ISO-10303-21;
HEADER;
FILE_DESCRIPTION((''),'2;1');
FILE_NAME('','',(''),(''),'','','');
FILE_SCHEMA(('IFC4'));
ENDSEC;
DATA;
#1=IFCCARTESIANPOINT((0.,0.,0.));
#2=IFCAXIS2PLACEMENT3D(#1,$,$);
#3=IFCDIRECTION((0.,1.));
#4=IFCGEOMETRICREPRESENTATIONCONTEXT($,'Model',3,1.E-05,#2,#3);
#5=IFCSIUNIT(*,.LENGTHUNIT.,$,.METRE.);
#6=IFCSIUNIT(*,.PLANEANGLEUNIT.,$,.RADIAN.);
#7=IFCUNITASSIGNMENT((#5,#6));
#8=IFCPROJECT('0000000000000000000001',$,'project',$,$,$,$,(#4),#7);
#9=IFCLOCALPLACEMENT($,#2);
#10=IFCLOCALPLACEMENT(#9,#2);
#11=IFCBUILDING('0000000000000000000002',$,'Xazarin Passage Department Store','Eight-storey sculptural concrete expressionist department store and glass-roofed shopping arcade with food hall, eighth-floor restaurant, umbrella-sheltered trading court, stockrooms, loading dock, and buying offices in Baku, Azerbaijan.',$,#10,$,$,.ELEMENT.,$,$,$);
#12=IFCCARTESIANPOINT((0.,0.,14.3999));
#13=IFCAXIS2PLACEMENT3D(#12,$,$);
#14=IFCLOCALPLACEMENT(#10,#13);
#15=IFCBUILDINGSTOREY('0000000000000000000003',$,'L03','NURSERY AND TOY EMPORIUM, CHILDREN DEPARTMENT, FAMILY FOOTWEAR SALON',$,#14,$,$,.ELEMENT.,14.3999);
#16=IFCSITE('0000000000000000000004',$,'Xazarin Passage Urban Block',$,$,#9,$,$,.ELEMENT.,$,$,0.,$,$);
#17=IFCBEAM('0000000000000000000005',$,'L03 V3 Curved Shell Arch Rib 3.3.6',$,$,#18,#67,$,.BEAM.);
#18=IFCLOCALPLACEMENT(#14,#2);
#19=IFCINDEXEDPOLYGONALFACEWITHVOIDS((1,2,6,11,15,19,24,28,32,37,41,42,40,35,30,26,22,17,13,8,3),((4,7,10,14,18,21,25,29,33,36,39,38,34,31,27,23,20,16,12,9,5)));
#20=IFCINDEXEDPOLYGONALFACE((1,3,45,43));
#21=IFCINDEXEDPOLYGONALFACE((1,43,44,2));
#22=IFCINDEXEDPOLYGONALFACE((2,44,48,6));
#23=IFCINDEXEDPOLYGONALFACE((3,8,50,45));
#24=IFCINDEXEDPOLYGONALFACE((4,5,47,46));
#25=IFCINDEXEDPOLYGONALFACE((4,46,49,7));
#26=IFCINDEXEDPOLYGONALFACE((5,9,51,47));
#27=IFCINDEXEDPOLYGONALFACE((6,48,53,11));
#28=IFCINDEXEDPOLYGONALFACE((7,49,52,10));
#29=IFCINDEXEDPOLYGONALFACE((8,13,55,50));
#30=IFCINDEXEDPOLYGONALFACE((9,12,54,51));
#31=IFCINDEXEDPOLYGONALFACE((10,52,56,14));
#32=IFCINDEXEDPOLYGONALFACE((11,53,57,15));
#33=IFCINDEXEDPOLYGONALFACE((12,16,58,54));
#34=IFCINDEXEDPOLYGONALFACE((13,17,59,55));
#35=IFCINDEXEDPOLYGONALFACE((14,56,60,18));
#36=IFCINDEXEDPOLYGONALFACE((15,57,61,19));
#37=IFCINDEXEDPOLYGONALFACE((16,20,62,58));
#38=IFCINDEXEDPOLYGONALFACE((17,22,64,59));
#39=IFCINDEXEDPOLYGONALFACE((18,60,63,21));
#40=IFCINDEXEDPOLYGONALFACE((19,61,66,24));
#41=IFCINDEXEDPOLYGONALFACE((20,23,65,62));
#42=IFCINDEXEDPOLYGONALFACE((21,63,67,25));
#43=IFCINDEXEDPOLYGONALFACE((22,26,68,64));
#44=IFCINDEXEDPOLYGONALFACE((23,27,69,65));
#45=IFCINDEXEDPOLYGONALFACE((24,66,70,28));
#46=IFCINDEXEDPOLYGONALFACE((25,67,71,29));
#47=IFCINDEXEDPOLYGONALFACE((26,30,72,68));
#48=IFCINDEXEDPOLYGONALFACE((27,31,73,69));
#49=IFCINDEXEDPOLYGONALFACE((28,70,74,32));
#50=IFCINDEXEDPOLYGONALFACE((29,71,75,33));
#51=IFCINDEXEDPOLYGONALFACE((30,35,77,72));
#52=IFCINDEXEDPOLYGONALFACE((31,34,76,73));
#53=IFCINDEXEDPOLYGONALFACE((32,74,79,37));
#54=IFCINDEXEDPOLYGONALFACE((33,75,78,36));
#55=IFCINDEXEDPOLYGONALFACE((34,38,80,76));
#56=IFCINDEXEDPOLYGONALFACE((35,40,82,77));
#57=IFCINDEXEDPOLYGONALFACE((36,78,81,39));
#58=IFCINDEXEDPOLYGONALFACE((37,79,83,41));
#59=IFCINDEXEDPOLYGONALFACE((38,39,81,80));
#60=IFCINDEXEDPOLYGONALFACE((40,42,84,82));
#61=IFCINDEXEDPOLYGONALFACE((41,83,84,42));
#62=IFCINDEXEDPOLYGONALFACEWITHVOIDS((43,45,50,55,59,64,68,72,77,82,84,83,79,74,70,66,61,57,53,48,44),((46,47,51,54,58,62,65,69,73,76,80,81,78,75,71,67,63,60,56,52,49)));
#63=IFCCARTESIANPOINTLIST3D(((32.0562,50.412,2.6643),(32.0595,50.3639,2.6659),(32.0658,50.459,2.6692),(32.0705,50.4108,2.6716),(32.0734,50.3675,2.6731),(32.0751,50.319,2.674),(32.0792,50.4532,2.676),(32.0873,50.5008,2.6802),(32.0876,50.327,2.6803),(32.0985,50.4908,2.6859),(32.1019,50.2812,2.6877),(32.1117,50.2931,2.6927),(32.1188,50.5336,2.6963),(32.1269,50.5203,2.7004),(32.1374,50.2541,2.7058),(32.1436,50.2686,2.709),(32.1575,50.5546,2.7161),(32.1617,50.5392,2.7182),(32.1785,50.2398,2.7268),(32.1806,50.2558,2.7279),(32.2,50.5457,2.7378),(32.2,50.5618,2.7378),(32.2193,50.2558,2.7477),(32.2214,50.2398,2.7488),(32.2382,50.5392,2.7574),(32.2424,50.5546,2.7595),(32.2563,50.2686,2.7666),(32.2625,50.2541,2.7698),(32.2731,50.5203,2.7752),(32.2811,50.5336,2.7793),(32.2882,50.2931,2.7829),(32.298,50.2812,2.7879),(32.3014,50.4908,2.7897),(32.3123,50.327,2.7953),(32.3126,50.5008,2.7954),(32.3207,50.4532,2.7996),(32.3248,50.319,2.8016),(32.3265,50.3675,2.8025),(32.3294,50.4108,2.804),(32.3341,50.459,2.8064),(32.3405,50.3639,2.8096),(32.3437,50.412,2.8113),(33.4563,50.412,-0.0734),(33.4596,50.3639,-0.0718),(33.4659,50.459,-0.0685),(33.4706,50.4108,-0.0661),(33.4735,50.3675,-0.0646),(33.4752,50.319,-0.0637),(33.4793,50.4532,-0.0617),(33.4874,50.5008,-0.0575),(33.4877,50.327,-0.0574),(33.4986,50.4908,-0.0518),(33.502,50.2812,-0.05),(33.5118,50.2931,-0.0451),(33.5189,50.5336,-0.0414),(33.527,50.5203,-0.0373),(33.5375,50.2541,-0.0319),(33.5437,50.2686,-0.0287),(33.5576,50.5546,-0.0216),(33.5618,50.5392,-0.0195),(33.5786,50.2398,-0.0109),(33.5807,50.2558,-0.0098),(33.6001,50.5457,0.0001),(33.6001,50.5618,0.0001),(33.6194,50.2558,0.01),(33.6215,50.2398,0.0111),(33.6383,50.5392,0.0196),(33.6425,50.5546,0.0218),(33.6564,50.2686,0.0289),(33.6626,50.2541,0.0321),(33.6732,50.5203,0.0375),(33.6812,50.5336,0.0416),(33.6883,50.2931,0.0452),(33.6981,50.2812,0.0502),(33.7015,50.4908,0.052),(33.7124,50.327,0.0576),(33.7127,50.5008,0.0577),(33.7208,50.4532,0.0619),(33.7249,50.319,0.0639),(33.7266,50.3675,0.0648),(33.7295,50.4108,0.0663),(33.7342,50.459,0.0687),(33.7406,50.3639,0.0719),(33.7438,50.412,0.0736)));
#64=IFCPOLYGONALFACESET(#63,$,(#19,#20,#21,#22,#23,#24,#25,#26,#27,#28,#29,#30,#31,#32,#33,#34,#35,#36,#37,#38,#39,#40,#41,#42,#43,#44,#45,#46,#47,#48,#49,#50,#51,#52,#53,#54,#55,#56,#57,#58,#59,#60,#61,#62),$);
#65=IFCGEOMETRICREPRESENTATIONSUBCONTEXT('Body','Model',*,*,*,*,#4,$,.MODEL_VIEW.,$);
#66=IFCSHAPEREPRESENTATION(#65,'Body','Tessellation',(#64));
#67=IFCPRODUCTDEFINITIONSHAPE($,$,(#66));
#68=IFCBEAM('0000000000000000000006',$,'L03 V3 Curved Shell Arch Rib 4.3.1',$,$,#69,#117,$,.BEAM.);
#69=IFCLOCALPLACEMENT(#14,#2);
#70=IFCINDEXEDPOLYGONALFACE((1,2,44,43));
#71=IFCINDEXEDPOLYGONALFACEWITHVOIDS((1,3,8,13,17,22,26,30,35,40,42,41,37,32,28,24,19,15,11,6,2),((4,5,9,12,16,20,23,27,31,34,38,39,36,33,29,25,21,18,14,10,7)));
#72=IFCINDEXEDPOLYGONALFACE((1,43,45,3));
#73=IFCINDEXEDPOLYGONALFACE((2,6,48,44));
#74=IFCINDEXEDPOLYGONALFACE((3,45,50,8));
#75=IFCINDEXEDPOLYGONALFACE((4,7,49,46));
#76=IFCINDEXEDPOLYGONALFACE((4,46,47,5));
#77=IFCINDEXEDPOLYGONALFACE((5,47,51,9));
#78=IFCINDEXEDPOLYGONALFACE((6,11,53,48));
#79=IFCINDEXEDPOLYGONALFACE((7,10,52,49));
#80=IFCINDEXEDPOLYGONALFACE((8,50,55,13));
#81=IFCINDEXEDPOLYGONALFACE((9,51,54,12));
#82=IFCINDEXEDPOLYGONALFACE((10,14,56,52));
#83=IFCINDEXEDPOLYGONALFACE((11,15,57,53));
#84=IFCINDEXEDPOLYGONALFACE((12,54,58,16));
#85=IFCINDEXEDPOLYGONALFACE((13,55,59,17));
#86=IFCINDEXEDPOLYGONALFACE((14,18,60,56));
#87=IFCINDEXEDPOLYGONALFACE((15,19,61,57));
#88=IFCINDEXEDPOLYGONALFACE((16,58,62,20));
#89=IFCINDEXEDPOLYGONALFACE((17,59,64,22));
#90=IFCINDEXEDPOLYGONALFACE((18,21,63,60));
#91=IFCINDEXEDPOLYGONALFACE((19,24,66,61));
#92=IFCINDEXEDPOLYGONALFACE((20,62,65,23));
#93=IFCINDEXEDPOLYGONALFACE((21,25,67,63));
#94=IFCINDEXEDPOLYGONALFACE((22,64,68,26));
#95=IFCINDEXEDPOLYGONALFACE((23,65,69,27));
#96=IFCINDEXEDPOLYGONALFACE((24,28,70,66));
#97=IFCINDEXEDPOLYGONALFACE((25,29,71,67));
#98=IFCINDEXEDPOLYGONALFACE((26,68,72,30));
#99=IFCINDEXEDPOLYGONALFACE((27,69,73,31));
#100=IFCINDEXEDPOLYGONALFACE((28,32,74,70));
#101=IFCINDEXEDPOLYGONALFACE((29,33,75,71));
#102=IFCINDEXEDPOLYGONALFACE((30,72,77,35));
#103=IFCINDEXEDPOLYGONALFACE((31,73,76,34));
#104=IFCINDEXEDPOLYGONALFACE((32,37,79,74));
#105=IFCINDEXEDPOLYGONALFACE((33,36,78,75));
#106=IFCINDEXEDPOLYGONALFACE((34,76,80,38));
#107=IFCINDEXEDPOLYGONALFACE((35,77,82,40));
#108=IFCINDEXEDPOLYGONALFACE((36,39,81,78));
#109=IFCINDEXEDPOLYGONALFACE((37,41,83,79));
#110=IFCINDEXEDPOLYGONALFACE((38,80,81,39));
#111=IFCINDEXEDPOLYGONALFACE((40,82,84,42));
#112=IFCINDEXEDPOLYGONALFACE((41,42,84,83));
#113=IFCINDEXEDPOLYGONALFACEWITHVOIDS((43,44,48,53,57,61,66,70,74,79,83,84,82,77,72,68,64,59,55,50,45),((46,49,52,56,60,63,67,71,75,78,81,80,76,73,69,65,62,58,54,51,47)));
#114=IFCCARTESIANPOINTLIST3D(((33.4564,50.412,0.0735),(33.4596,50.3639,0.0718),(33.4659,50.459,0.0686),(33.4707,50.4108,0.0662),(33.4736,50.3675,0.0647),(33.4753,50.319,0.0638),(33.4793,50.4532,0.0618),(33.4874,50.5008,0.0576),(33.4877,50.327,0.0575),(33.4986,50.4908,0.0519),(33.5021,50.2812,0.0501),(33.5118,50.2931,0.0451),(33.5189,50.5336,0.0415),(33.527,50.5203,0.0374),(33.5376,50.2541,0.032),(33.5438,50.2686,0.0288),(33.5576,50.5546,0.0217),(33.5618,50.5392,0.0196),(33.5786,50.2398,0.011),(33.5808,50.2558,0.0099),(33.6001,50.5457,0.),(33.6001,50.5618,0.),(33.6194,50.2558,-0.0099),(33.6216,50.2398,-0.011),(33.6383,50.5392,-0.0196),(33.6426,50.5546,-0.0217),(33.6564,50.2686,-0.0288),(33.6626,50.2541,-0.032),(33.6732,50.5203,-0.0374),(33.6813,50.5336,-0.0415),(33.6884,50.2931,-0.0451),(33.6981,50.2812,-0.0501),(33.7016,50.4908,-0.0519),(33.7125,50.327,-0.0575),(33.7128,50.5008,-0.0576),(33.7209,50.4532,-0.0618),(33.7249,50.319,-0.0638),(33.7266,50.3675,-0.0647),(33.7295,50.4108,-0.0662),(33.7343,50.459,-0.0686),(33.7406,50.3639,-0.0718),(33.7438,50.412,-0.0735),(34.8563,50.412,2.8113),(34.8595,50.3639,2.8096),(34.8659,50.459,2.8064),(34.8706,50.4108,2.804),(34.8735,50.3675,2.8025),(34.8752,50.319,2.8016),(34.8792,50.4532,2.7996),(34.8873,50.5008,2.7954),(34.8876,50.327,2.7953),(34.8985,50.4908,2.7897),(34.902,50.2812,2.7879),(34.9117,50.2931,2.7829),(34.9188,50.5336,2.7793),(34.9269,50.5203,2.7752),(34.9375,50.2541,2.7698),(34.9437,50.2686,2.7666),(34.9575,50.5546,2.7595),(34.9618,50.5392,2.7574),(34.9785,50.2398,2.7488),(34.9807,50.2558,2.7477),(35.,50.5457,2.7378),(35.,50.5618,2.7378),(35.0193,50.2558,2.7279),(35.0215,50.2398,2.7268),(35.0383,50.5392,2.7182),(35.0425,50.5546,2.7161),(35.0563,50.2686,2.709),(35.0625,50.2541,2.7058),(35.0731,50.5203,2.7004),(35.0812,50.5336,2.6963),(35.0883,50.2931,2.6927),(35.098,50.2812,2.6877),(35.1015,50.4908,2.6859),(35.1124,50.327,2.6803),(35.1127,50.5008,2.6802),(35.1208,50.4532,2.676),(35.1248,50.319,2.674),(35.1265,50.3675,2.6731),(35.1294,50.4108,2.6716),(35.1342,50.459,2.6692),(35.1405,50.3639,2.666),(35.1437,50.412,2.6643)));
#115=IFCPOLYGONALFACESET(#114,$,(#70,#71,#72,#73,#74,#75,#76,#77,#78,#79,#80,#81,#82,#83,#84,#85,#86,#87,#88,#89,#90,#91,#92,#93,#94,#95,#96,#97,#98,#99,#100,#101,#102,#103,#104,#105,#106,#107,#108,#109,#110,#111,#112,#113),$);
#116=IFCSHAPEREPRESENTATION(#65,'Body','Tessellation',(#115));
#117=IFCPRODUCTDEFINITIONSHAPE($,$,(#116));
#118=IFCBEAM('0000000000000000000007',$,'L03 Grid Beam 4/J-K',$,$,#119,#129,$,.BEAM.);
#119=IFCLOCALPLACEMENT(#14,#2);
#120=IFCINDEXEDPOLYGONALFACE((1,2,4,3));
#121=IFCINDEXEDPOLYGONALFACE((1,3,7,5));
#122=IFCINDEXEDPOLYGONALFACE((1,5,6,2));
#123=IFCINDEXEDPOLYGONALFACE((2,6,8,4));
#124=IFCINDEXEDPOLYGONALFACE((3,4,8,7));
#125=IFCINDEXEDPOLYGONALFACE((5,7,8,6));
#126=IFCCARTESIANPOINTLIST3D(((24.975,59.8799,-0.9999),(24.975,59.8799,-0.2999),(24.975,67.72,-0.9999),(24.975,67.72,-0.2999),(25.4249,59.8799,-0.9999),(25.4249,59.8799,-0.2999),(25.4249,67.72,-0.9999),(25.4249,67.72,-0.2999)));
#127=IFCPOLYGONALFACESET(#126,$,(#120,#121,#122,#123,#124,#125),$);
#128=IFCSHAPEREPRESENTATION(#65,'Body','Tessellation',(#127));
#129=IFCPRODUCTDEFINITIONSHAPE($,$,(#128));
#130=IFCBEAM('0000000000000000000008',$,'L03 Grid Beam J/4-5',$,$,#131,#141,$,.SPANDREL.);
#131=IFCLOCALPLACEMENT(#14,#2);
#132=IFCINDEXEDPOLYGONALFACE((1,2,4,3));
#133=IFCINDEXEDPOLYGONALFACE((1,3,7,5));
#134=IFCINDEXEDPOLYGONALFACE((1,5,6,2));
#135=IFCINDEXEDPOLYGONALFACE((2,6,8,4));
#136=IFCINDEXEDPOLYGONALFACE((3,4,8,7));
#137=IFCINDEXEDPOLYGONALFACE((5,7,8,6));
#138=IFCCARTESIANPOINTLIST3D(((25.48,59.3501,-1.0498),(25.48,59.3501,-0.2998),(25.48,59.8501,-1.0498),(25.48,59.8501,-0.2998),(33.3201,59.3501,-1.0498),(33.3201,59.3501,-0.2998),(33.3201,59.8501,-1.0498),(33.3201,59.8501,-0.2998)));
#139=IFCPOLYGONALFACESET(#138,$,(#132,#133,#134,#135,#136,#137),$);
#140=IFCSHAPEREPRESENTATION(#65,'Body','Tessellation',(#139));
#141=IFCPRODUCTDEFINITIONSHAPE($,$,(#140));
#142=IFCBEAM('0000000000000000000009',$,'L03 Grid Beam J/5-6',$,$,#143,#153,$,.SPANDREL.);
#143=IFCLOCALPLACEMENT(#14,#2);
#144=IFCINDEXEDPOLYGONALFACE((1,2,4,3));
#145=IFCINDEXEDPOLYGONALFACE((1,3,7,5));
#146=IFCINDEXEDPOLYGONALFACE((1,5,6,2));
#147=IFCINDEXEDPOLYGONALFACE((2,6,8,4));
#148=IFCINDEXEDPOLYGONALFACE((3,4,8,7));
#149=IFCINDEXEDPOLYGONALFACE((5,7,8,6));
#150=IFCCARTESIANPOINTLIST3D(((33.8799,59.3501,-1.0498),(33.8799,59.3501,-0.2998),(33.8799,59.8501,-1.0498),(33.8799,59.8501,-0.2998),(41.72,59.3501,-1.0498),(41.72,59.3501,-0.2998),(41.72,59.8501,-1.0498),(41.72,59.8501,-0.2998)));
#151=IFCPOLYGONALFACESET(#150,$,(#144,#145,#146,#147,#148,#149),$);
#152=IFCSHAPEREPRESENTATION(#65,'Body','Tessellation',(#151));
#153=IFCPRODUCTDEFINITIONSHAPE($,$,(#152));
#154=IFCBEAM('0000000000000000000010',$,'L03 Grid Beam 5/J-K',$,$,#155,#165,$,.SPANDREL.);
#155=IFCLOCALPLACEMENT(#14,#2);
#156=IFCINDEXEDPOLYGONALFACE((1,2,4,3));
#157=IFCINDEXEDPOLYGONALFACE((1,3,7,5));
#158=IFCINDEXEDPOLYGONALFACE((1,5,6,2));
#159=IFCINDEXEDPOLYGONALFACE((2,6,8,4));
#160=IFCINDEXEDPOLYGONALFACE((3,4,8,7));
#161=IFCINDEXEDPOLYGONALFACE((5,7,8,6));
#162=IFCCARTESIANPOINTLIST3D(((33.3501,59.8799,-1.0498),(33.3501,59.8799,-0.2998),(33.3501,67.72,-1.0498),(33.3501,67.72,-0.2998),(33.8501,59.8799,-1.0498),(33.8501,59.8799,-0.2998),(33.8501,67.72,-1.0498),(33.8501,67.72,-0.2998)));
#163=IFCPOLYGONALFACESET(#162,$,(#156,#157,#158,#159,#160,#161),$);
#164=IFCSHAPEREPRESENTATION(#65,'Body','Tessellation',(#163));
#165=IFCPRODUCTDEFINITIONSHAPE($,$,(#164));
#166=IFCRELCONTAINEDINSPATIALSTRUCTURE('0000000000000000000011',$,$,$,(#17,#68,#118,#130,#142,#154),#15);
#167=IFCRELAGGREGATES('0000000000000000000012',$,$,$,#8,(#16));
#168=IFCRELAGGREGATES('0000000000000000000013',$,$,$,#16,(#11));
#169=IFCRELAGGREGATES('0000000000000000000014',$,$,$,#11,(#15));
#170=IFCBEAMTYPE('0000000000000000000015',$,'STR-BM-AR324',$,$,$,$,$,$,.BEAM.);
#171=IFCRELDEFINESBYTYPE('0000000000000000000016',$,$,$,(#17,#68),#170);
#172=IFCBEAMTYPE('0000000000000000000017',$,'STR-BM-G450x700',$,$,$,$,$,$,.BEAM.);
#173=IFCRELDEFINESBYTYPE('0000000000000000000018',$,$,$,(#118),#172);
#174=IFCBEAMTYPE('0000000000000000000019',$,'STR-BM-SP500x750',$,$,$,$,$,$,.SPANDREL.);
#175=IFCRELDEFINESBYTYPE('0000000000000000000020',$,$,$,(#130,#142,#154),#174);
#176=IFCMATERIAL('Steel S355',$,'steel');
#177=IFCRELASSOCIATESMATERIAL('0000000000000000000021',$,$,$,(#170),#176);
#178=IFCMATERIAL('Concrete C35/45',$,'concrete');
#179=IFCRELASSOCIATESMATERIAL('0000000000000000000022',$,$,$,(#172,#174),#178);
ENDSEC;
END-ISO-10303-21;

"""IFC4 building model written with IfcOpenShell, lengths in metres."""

from ifc_helpers import new_model, si_unit, direction, frame, origin, origin_2d, place, context, subcontext, project, spatial, rectangle, hollow_circle, extrude, material, material_profile, profile_set, type_object, element, save


model = new_model("IFC4")

# Units and contexts
model_context = context("Model", 3, precision=1e-05, world=origin(), true_north=direction((0.0, 1.0)))
body_context = subcontext(model_context, "Body", "Model", "MODEL_VIEW")
ifc_project = project(units=[si_unit("LENGTHUNIT", "METRE"), si_unit("PLANEANGLEUNIT", "RADIAN")], contexts=[model_context])

# Site, building, storey
site_placement = place(None, origin())
site = spatial("IfcSite", under=ifc_project, at=site_placement, Name="Xazarin Passage Urban Block", CompositionType="ELEMENT", RefElevation=0.0)
building_placement = place(site_placement, origin())
building = spatial("IfcBuilding", under=site, at=building_placement, Name="Xazarin Passage Department Store", Description="Eight-storey sculptural concrete expressionist department store and glass-roofed shopping arcade with food hall, eighth-floor restaurant, umbrella-sheltered trading court, stockrooms, loading dock, and buying offices in Baku, Azerbaijan.", CompositionType="ELEMENT")
storey_placement = place(building_placement, frame((0.0, 0.0, 14.3999)))
storey = spatial("IfcBuildingStorey", under=building, at=storey_placement, Name="L03", Description="NURSERY AND TOY EMPORIUM, CHILDREN DEPARTMENT, FAMILY FOOTWEAR SALON", CompositionType="ELEMENT", Elevation=14.3999)

# Beams
ifc_material_1 = material(Name="Steel S355", Category="steel")
ifc_material_profile_1 = material_profile(ifc_material_1, hollow_circle(Radius=0.1619, WallThickness=0.0161, at=origin_2d()), Name="CHS 323.9x16")
ifc_profile_set_1 = profile_set([ifc_material_profile_1], Name="Steel S355")
beam_type_1 = type_object("IfcBeamType", Name="STR-BM-AR324", PredefinedType="BEAM", material=ifc_profile_set_1)
for number, where, z_axis, x_axis, name in (
    (1, (32.2, 50.3999, 2.7378), (0.455325, 0.0, -0.890325), (0.0, 1.0, 0.0), "L03 V3 Curved Shell Arch Rib 3.3.6"),
    (2, (33.6001, 50.3999, 0.0), (0.455262, 0.0, 0.890357), (0.0, 1.0, 0.0), "L03 V3 Curved Shell Arch Rib 4.3.1"),
):
    element("IfcBeam", number, at=place(storey_placement, frame(where, z_axis=z_axis, x_axis=x_axis)), inside=storey, type_object=beam_type_1, Name=name, PredefinedType="BEAM", context=body_context, shape_type="SweptSolid", body=[
        extrude(hollow_circle(Radius=0.1619, WallThickness=0.0161, at=origin_2d()), origin(), (0.0, 0.0, 1.0), 3.075),
    ])
ifc_material_2 = material(Name="Concrete C35/45", Category="concrete")
ifc_material_profile_2 = material_profile(ifc_material_2, rectangle(XDim=0.45, YDim=0.7, at=origin_2d()), Name="RC 450x700")
ifc_profile_set_2 = profile_set([ifc_material_profile_2], Name="Concrete C35/45")
beam_type_2 = type_object("IfcBeamType", Name="STR-BM-G450x700", PredefinedType="BEAM", material=ifc_profile_set_2)
beam_1_placement = place(storey_placement, frame((25.2, 59.8799, -0.6499), z_axis=(0.0, 1.0, 0.0), x_axis=(-1.0, 0.0, 0.0)))
element("IfcBeam", 3, at=beam_1_placement, inside=storey, type_object=beam_type_2, Name="L03 Grid Beam 4/J-K", PredefinedType="BEAM", context=body_context, shape_type="SweptSolid", body=[
    extrude(rectangle(XDim=0.45, YDim=0.7, at=origin_2d()), origin(), (0.0, 0.0, 1.0), 7.8401),
])
ifc_material_profile_3 = material_profile(ifc_material_2, rectangle(XDim=0.5, YDim=0.75, at=origin_2d()), Name="RC 500x750")
ifc_profile_set_3 = profile_set([ifc_material_profile_3], Name="Concrete C35/45")
beam_type_3 = type_object("IfcBeamType", Name="STR-BM-SP500x750", PredefinedType="SPANDREL", material=ifc_profile_set_3)
for number, where, z_axis, x_axis, name in (
    (4, (25.48, 59.6001, -0.6748), (1.0, 0.0, 0.0), (0.0, 1.0, 0.0), "L03 Grid Beam J/4-5"),
    (5, (33.8799, 59.6001, -0.6748), (1.0, 0.0, 0.0), (0.0, 1.0, 0.0), "L03 Grid Beam J/5-6"),
    (6, (33.6001, 59.8799, -0.6748), (0.0, 1.0, 0.0), (-1.0, 0.0, 0.0), "L03 Grid Beam 5/J-K"),
):
    element("IfcBeam", number, at=place(storey_placement, frame(where, z_axis=z_axis, x_axis=x_axis)), inside=storey, type_object=beam_type_3, Name=name, PredefinedType="SPANDREL", context=body_context, shape_type="SweptSolid", body=[
        extrude(rectangle(XDim=0.5, YDim=0.75, at=origin_2d()), origin(), (0.0, 0.0, 1.0), 7.8401),
    ])

save(model, "model.ifc")
